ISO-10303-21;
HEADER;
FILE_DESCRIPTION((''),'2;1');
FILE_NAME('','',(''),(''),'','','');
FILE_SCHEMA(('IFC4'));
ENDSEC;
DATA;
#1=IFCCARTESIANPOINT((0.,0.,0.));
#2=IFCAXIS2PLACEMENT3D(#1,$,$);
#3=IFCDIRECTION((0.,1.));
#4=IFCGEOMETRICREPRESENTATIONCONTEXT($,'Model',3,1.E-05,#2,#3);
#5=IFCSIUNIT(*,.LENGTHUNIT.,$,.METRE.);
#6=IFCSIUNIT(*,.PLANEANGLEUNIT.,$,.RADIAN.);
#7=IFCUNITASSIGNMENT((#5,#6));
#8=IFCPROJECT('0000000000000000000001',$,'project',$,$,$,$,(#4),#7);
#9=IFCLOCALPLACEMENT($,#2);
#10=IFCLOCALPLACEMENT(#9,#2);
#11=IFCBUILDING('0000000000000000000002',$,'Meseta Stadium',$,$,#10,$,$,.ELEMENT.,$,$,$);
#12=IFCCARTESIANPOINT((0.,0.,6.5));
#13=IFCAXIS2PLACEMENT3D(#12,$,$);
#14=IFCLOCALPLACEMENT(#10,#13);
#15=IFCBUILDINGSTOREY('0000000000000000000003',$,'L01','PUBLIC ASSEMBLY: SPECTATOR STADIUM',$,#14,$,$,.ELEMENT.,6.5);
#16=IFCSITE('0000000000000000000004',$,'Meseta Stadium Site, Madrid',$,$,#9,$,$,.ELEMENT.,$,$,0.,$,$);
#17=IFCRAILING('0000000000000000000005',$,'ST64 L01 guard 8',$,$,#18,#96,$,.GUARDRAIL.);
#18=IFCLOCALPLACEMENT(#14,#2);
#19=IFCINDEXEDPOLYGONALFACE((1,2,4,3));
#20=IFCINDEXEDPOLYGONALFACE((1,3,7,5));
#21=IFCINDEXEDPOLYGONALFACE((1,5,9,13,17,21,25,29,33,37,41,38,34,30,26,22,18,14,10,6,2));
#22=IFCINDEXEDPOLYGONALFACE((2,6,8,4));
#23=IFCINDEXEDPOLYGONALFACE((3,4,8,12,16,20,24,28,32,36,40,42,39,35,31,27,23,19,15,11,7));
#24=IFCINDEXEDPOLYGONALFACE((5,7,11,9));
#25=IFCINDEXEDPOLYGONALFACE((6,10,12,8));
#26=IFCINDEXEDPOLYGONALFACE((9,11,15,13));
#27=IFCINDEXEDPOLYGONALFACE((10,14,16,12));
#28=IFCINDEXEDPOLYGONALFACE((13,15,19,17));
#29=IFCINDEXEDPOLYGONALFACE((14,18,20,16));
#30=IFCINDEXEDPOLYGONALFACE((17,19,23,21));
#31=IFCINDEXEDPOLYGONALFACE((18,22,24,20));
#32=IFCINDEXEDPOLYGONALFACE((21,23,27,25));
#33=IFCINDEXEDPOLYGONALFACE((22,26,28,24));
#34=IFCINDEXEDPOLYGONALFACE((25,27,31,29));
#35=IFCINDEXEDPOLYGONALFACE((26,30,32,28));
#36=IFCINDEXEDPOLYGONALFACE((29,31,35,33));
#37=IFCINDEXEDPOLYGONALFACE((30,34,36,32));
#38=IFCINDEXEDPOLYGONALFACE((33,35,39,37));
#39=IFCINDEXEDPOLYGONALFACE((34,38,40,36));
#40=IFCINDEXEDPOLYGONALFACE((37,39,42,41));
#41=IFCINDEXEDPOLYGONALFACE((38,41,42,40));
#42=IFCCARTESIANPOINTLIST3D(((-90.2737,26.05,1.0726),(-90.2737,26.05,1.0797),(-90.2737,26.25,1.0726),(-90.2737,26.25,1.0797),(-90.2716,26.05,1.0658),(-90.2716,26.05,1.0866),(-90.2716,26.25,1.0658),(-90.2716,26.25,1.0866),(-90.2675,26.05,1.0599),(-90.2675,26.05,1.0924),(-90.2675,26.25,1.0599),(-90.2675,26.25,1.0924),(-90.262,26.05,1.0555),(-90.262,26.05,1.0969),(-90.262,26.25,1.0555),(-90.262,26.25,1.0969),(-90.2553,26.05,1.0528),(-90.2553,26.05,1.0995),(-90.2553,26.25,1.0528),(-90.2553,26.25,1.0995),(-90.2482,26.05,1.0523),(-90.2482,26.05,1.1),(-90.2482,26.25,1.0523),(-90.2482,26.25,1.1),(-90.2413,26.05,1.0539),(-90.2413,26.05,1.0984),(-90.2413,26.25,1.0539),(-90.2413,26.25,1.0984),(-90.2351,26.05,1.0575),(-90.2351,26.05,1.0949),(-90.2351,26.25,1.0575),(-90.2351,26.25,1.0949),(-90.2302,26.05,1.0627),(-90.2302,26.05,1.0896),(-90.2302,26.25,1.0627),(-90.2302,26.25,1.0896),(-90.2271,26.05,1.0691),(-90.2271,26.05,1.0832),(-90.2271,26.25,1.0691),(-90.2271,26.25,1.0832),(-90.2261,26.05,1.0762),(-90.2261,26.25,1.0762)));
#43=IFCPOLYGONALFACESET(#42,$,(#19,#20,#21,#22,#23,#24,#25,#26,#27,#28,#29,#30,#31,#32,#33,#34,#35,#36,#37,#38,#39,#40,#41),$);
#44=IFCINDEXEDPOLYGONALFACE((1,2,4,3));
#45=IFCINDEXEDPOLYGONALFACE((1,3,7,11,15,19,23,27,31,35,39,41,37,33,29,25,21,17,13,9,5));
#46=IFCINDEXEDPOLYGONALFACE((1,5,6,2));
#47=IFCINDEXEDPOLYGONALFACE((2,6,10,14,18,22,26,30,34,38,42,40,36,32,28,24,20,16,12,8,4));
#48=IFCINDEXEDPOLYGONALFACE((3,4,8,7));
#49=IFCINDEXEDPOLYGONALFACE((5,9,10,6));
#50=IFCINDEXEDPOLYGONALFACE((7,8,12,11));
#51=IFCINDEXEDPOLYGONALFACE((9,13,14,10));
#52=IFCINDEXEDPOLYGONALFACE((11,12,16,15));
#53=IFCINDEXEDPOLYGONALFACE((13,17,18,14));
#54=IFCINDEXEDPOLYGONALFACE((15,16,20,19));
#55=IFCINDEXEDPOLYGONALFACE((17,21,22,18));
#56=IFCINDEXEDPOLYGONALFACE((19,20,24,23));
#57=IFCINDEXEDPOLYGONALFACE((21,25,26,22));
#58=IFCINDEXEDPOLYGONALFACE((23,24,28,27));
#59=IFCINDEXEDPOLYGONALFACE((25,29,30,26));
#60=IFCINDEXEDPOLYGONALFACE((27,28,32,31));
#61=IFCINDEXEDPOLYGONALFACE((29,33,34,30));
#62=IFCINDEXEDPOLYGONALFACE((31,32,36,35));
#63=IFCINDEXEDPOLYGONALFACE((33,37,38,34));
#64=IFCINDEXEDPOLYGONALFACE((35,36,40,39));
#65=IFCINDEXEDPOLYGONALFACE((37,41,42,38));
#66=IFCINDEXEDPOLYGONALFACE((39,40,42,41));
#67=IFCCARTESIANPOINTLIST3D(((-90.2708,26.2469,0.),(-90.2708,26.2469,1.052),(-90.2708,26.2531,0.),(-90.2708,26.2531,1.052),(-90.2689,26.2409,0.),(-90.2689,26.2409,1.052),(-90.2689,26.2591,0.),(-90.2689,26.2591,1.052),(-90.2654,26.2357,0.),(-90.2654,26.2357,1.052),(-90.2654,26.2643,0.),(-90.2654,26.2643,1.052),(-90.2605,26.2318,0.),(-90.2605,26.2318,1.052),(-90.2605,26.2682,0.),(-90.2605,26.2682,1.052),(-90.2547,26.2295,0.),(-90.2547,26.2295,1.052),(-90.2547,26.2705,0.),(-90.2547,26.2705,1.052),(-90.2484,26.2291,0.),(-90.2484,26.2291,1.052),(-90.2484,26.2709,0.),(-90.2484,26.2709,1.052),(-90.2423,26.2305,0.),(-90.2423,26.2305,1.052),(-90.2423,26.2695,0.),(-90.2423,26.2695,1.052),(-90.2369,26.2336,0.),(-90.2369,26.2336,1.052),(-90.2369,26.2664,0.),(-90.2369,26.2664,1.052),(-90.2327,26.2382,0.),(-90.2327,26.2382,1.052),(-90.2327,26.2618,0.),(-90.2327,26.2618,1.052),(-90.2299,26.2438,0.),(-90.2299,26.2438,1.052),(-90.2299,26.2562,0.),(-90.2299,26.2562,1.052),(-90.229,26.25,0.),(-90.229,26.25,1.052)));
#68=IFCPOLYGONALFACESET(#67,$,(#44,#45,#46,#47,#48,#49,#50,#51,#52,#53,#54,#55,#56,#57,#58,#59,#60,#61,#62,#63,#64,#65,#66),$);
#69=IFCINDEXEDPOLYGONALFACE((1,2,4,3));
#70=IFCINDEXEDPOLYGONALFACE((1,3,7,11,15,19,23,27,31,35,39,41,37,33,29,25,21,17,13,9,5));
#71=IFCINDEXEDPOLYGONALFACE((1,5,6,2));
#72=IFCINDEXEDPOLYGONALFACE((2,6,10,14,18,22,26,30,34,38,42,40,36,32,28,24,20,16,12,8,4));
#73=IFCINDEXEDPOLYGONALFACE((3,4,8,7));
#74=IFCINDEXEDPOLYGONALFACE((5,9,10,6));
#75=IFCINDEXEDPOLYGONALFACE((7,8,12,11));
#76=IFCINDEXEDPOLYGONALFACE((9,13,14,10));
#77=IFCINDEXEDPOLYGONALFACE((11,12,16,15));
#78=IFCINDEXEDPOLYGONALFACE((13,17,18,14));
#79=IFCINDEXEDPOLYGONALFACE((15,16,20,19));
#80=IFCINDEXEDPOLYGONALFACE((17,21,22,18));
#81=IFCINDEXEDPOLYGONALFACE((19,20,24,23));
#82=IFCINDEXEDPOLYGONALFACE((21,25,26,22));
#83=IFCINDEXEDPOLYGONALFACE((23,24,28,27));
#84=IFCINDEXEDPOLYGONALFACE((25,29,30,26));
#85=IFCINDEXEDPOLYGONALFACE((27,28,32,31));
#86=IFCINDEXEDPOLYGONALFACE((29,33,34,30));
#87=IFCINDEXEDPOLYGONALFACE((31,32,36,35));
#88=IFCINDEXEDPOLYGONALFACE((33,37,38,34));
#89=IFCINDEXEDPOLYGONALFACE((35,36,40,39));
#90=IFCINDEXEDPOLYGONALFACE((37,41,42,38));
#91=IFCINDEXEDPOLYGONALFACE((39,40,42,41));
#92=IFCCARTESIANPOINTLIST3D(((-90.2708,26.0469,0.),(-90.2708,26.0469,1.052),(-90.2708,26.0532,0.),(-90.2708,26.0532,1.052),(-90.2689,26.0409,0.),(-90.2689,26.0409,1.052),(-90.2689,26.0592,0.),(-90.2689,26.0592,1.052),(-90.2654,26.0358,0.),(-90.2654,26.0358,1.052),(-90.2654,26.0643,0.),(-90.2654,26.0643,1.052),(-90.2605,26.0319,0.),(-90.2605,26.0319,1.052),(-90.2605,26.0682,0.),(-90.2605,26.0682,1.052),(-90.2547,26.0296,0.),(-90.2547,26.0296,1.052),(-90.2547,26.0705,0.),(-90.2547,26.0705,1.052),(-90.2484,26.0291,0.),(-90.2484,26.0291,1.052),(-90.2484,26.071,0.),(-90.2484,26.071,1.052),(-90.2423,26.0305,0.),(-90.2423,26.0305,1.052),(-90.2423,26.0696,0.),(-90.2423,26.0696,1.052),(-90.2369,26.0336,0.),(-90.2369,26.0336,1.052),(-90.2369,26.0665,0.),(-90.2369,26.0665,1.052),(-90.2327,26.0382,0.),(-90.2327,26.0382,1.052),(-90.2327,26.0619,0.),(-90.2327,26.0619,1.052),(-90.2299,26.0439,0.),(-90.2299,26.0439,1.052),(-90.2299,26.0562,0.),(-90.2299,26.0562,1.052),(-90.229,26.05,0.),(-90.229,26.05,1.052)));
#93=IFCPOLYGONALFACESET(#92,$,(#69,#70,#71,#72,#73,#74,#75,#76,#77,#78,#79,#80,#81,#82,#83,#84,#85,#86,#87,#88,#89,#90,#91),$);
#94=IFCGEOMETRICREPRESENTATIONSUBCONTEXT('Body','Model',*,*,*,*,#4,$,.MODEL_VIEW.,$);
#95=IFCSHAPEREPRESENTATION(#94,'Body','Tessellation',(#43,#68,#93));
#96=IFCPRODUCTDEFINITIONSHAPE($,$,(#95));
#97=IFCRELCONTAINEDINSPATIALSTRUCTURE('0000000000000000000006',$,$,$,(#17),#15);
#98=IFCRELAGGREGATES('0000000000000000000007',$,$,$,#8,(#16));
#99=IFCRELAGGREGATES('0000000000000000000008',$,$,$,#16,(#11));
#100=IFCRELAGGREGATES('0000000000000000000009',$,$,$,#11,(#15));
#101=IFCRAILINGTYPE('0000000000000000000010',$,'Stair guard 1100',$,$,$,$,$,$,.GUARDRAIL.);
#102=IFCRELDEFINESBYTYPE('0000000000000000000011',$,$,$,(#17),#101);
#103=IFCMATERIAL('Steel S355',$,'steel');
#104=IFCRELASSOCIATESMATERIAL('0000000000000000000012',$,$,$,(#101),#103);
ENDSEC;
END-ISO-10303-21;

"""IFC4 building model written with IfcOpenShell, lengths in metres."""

from ifc_helpers import new_model, si_unit, direction, frame, origin, origin_2d, place, context, subcontext, project, spatial, circle, extrude, material, type_object, element, save


model = new_model("IFC4")

# Units and contexts
model_context = context("Model", 3, precision=1e-05, world=origin(), true_north=direction((0.0, 1.0)))
body_context = subcontext(model_context, "Body", "Model", "MODEL_VIEW")
ifc_project = project(units=[si_unit("LENGTHUNIT", "METRE"), si_unit("PLANEANGLEUNIT", "RADIAN")], contexts=[model_context])

# Site, building, storey
site_placement = place(None, origin())
site = spatial("IfcSite", under=ifc_project, at=site_placement, Name="Meseta Stadium Site, Madrid", CompositionType="ELEMENT", RefElevation=0.0)
building_placement = place(site_placement, origin())
building = spatial("IfcBuilding", under=site, at=building_placement, Name="Meseta Stadium", CompositionType="ELEMENT")
storey_placement = place(building_placement, frame((0.0, 0.0, 6.5)))
storey = spatial("IfcBuildingStorey", under=building, at=storey_placement, Name="L01", Description="PUBLIC ASSEMBLY: SPECTATOR STADIUM", CompositionType="ELEMENT", Elevation=6.5)

# Railing
ifc_material_1 = material(Name="Steel S355", Category="steel")
railing_type_1 = type_object("IfcRailingType", Name="Stair guard 1100", PredefinedType="GUARDRAIL", material=ifc_material_1)
for number, where, name in (
    (1, (-90.25, 26.25, 0.0), "ST64 L01 guard 8"),
):
    element("IfcRailing", number, at=place(storey_placement, frame(where)), inside=storey, type_object=railing_type_1, Name=name, PredefinedType="GUARDRAIL", context=body_context, shape_type="SweptSolid", body=[
        extrude(circle(Radius=0.0239, at=origin_2d()), frame((0.0, 0.0, 1.0762), z_axis=(0.0, -1.0, 0.0), x_axis=(1.0, 0.0, 0.0)), (0.0, 0.0, 1.0), 0.2),
        extrude(circle(Radius=0.021, at=origin_2d()), origin(), (0.0, 0.0, 1.0), 1.052),
        extrude(circle(Radius=0.021, at=origin_2d()), frame((0.0, -0.2, 0.0)), (0.0, 0.0, 1.0), 1.052),
    ])

save(model, "model.ifc")
